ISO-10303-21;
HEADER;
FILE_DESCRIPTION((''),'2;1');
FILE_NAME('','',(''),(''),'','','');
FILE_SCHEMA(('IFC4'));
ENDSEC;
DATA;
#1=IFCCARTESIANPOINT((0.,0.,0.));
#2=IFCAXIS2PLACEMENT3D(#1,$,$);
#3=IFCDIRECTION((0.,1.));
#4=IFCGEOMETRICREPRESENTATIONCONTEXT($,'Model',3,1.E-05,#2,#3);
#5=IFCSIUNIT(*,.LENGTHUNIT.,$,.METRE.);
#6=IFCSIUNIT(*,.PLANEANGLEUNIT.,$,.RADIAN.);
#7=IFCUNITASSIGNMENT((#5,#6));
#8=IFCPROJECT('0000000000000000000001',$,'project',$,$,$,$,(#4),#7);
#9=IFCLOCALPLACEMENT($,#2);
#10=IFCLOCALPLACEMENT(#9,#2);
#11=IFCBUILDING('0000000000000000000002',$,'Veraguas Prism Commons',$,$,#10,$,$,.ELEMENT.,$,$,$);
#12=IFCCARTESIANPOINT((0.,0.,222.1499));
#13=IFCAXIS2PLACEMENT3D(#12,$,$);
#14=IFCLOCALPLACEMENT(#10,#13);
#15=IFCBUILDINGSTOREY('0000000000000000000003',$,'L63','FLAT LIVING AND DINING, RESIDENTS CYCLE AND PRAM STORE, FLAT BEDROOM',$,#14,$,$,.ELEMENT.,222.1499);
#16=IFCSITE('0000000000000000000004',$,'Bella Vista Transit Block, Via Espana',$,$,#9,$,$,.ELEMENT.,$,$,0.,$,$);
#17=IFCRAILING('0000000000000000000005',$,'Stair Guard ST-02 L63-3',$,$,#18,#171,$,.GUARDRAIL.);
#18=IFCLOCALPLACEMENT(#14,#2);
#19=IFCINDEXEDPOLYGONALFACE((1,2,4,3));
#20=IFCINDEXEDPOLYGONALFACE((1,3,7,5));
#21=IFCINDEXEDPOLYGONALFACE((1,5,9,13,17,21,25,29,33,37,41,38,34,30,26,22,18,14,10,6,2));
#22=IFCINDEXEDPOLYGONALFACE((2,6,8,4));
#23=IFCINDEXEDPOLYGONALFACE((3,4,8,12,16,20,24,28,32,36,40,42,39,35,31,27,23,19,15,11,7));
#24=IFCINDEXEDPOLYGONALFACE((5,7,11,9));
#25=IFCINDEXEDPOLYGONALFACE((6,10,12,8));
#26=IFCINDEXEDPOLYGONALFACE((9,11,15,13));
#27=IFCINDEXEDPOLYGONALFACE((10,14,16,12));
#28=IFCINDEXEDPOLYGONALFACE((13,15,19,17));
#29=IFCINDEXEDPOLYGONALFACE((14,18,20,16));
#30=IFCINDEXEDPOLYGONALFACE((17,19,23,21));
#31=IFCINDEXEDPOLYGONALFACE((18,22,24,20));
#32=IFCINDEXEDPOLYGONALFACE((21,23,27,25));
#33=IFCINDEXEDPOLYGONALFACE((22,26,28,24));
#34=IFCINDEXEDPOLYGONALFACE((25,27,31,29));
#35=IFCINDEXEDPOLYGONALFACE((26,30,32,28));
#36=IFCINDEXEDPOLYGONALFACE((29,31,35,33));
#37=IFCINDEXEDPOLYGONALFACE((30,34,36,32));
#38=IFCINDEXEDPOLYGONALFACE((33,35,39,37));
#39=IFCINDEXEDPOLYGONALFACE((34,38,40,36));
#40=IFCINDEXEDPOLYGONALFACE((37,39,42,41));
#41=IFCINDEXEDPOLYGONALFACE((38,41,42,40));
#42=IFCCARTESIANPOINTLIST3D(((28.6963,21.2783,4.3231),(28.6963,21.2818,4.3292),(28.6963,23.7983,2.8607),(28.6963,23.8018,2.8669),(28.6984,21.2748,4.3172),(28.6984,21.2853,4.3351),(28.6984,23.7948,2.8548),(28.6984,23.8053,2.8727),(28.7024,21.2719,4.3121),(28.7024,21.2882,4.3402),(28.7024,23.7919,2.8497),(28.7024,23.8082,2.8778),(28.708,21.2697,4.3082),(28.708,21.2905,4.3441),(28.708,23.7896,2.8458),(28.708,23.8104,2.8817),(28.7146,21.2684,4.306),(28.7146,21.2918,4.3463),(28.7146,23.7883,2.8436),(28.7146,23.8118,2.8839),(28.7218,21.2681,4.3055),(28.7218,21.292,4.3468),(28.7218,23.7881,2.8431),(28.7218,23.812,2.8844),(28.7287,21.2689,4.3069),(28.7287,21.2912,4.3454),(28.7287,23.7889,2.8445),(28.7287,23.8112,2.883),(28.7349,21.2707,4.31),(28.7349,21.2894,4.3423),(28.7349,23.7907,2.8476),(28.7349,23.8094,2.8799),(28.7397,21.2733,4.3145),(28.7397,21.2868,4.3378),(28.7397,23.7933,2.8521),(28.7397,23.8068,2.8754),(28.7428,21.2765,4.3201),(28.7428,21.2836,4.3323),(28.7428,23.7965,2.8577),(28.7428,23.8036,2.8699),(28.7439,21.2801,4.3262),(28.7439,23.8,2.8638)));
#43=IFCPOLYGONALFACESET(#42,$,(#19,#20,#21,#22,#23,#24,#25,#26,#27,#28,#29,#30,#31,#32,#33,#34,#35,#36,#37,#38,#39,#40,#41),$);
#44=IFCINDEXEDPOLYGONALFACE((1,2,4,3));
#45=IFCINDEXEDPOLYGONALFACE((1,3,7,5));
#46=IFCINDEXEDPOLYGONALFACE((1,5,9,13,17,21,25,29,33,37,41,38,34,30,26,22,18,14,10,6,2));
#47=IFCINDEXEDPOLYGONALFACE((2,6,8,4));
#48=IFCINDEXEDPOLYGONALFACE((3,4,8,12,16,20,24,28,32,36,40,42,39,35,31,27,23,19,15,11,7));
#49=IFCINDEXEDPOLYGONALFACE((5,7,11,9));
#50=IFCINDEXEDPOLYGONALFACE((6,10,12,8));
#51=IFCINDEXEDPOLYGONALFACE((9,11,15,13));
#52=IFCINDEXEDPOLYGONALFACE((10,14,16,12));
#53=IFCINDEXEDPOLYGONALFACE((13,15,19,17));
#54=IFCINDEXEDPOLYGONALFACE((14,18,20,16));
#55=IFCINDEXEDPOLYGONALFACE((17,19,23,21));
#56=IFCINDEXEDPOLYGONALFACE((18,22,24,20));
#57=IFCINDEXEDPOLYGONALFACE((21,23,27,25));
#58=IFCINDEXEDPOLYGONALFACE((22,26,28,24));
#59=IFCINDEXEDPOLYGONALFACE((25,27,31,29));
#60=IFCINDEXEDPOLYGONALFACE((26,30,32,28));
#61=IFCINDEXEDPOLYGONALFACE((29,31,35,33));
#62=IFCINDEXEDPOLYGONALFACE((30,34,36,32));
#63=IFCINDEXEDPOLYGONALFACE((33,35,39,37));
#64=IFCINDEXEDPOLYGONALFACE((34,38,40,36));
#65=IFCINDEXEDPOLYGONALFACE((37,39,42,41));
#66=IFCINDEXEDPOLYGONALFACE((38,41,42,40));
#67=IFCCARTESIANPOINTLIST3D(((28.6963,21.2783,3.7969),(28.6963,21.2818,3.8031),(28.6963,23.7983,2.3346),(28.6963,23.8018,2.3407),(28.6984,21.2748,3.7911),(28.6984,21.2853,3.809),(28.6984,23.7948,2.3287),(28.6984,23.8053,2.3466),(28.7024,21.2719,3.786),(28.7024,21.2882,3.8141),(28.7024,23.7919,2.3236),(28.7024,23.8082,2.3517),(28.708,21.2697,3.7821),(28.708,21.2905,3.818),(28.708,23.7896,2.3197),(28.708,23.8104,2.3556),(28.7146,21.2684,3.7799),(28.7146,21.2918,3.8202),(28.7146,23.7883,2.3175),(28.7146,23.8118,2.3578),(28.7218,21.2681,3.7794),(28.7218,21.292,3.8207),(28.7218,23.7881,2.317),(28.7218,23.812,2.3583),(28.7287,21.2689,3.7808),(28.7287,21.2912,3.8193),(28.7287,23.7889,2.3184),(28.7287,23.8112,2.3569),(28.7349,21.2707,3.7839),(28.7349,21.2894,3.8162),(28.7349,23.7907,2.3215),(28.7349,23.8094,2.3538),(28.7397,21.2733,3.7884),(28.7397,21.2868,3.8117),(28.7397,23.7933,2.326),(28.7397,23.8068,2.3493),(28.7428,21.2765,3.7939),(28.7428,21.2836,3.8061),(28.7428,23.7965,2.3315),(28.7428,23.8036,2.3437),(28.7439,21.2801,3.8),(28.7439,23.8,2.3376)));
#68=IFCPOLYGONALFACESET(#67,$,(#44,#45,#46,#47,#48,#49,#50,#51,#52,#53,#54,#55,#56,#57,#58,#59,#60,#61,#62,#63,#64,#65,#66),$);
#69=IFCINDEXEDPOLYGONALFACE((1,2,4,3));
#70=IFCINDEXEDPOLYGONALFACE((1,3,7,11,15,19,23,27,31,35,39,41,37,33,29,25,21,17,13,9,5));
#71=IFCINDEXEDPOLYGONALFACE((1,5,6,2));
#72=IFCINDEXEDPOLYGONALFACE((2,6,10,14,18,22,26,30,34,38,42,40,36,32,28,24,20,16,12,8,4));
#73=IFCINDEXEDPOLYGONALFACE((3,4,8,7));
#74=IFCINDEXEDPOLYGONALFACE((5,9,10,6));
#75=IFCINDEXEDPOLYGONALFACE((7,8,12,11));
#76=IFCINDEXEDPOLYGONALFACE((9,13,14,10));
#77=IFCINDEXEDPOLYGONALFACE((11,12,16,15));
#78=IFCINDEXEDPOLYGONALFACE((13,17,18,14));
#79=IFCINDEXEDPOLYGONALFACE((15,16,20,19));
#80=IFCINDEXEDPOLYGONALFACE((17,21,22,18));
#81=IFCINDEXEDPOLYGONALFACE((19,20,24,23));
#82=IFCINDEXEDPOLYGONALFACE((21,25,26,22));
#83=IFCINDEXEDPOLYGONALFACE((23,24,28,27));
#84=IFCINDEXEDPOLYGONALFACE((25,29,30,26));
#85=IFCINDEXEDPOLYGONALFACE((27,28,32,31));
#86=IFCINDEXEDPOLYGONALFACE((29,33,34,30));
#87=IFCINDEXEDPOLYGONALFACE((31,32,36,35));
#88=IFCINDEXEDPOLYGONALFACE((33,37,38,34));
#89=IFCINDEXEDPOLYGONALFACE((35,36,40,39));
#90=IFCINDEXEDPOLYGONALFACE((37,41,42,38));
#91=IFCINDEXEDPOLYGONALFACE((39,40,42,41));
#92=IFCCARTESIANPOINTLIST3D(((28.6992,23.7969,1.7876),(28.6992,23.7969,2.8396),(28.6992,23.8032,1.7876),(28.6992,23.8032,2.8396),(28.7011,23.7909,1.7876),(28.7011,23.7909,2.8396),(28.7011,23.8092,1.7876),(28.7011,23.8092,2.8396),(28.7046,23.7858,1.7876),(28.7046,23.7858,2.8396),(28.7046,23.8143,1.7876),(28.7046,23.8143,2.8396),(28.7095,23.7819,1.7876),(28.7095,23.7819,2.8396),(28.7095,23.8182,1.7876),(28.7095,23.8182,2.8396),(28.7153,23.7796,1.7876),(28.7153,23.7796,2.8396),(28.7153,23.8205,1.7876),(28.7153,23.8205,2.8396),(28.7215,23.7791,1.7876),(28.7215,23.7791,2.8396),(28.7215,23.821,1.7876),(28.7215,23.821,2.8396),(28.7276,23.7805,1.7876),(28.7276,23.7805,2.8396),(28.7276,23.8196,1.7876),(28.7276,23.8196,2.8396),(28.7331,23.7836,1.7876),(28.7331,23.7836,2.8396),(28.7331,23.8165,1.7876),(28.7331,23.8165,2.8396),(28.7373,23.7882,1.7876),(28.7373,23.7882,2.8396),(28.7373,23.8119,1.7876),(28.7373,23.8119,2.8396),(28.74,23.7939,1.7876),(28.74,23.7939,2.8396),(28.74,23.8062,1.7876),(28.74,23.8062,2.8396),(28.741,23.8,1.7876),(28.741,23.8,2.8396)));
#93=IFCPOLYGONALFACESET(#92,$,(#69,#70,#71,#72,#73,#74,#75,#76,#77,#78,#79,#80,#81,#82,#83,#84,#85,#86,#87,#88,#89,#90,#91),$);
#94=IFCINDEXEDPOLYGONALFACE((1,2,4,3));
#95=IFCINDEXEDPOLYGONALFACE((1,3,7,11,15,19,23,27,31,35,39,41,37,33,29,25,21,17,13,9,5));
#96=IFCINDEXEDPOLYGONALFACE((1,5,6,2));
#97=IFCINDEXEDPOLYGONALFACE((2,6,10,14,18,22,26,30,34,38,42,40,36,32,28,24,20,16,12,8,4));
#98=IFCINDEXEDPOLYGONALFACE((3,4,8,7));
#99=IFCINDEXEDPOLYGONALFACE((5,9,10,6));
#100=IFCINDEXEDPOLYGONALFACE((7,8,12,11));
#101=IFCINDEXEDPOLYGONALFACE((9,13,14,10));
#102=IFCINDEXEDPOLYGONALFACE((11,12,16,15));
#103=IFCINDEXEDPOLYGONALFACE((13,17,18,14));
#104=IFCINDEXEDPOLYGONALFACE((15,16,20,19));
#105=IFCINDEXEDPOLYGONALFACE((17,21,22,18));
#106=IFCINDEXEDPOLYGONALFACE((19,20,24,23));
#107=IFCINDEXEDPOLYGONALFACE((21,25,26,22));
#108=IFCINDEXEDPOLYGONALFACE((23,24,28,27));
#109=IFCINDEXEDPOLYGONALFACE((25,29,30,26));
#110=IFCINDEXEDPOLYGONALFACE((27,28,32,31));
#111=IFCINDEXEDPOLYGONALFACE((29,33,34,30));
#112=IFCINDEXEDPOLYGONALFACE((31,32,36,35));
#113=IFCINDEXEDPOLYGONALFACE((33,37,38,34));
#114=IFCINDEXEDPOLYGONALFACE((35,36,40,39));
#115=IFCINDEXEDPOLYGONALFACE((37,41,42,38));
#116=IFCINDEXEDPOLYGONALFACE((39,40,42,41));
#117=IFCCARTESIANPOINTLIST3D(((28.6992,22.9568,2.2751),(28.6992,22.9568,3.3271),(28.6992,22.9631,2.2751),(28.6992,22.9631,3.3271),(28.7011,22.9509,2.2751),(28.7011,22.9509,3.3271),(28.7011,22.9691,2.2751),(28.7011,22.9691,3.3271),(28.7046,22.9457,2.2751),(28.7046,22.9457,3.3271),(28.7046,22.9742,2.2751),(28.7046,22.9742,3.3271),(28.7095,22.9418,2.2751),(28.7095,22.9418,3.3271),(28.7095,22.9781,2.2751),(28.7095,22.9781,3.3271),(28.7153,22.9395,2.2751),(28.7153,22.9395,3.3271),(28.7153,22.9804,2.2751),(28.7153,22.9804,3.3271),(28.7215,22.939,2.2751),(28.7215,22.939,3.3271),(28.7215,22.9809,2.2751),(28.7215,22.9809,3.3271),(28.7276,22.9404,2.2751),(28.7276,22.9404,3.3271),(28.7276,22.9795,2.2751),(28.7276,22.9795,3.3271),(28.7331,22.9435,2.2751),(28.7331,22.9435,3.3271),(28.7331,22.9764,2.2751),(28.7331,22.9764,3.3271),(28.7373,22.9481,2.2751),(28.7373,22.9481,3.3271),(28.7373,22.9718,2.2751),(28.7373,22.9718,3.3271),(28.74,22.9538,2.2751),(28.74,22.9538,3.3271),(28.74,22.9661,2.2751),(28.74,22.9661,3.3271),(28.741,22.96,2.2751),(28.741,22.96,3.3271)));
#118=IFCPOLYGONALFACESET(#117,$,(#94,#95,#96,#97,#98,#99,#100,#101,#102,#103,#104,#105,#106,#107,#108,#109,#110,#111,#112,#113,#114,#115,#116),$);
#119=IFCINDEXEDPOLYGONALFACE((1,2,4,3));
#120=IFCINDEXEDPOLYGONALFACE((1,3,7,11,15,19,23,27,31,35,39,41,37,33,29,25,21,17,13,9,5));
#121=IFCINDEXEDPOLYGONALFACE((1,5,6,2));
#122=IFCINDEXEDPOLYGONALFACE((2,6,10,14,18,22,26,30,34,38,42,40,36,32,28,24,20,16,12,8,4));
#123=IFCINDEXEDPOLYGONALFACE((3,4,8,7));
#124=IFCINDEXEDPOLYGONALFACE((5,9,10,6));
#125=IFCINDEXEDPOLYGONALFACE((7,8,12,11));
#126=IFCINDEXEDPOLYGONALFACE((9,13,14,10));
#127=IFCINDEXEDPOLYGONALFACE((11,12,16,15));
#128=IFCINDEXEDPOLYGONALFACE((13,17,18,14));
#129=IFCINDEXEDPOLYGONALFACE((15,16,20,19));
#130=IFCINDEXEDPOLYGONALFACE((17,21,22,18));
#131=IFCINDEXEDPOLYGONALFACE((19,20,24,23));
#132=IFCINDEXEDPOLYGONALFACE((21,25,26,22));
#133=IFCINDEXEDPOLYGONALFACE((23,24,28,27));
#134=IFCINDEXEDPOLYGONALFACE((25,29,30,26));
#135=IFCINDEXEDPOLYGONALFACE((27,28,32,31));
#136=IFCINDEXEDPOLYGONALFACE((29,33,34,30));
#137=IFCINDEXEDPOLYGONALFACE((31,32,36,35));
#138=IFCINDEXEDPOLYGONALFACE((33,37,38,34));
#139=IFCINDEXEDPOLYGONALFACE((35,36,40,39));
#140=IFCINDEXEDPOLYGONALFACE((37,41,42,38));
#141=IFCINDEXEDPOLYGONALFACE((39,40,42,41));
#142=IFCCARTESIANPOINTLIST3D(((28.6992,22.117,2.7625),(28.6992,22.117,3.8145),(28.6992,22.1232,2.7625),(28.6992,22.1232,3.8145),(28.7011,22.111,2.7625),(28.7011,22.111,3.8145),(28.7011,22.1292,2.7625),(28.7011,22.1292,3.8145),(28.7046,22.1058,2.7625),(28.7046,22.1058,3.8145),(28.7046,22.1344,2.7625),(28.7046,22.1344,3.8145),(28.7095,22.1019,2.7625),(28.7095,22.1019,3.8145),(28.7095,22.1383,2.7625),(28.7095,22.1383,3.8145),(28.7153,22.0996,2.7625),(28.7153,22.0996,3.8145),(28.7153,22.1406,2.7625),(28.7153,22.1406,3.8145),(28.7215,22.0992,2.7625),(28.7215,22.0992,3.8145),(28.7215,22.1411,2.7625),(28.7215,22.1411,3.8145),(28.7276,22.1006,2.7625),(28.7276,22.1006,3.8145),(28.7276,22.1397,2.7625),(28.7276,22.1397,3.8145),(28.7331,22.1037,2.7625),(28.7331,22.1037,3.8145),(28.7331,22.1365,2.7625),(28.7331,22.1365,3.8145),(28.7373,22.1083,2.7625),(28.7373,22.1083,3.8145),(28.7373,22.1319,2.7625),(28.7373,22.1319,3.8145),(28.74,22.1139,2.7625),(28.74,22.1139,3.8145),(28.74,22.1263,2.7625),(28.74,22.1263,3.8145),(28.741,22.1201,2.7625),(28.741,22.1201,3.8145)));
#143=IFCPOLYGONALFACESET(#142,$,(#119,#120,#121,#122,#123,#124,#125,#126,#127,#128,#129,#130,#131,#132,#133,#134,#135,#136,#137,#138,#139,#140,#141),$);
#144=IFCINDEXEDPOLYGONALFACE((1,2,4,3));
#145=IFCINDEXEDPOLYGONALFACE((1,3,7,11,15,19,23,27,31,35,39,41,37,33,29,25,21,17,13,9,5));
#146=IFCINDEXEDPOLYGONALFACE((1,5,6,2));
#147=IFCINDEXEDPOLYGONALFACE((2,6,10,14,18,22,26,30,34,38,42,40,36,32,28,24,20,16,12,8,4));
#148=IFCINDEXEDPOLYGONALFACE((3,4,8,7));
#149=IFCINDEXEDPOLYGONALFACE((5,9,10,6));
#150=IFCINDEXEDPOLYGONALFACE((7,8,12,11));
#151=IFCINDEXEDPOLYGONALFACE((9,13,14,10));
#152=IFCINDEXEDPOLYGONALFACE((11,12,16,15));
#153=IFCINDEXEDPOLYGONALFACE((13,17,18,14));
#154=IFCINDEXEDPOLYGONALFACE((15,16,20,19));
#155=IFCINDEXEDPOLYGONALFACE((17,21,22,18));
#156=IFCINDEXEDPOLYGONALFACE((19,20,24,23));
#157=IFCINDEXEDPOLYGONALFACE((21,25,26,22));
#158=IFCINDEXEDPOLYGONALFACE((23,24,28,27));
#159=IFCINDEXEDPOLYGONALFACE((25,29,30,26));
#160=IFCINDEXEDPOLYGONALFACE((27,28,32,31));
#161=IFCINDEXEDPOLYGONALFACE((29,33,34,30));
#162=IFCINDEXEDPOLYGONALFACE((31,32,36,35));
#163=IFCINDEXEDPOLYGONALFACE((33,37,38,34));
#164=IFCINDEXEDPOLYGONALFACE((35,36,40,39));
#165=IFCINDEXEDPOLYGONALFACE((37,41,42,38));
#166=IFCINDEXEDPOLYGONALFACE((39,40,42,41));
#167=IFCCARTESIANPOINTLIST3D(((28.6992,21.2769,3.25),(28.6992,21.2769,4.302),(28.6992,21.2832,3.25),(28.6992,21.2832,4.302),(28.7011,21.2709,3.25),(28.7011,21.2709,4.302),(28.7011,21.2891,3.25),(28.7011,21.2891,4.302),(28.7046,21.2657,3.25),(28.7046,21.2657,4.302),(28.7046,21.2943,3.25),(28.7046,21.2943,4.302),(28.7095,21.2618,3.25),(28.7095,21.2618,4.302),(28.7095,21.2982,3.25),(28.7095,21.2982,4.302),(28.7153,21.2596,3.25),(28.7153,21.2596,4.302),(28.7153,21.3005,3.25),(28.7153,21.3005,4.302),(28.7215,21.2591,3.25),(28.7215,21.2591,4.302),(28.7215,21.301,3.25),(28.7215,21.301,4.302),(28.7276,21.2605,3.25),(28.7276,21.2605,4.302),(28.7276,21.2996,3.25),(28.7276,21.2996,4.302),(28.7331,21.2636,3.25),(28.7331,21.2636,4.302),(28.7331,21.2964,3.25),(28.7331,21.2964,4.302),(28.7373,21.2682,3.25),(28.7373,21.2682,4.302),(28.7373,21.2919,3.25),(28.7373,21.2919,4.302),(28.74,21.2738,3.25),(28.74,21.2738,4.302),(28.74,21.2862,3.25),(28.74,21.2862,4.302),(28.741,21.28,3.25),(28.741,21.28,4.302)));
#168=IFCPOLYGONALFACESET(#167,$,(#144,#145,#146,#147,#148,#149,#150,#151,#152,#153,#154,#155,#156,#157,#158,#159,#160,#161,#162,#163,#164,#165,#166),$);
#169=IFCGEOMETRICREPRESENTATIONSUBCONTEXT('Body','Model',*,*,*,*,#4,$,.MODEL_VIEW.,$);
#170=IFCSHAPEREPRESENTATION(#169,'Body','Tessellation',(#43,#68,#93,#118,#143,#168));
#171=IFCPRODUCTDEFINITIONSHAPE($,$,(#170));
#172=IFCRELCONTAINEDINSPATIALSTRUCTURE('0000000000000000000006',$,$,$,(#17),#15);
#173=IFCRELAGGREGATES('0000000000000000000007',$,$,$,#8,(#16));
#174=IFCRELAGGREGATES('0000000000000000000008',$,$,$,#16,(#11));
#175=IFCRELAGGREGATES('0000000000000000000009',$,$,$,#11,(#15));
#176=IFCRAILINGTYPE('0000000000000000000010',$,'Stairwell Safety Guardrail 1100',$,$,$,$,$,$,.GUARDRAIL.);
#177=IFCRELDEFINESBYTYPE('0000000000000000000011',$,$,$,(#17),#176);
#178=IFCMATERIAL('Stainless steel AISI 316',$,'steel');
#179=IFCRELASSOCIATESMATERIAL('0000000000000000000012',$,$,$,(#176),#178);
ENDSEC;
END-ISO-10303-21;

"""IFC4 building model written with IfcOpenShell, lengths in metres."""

from ifc_helpers import new_model, si_unit, direction, frame, origin, origin_2d, place, context, subcontext, project, spatial, circle, extrude, material, type_object, element, save


model = new_model("IFC4")

# Units and contexts
model_context = context("Model", 3, precision=1e-05, world=origin(), true_north=direction((0.0, 1.0)))
body_context = subcontext(model_context, "Body", "Model", "MODEL_VIEW")
ifc_project = project(units=[si_unit("LENGTHUNIT", "METRE"), si_unit("PLANEANGLEUNIT", "RADIAN")], contexts=[model_context])

# Site, building, storey
site_placement = place(None, origin())
site = spatial("IfcSite", under=ifc_project, at=site_placement, Name="Bella Vista Transit Block, Via Espana", CompositionType="ELEMENT", RefElevation=0.0)
building_placement = place(site_placement, origin())
building = spatial("IfcBuilding", under=site, at=building_placement, Name="Veraguas Prism Commons", CompositionType="ELEMENT")
storey_placement = place(building_placement, frame((0.0, 0.0, 222.1499)))
storey = spatial("IfcBuildingStorey", under=building, at=storey_placement, Name="L63", Description="FLAT LIVING AND DINING, RESIDENTS CYCLE AND PRAM STORE, FLAT BEDROOM", CompositionType="ELEMENT", Elevation=222.1499)

# Railing
ifc_material_1 = material(Name="Stainless steel AISI 316", Category="steel")
railing_type_1 = type_object("IfcRailingType", Name="Stairwell Safety Guardrail 1100", PredefinedType="GUARDRAIL", material=ifc_material_1)
railing_1_placement = place(storey_placement, frame((28.72, 23.8, 1.7876)))
element("IfcRailing", 1, at=railing_1_placement, inside=storey, type_object=railing_type_1, Name="Stair Guard ST-02 L63-3", PredefinedType="GUARDRAIL", context=body_context, shape_type="SweptSolid", body=[
    extrude(circle(Radius=0.0239, at=origin_2d()), frame((0.0, 0.0, 1.0762), z_axis=(0.0, -0.864913, 0.501921), x_axis=(1.0, 0.0, 0.0)), (0.0, 0.0, 1.0), 2.9136),
    extrude(circle(Radius=0.0239, at=origin_2d()), frame((0.0, 0.0, 0.55), z_axis=(0.0, -0.864913, 0.501921), x_axis=(1.0, 0.0, 0.0)), (0.0, 0.0, 1.0), 2.9136),
    extrude(circle(Radius=0.021, at=origin_2d()), origin(), (0.0, 0.0, 1.0), 1.052),
    extrude(circle(Radius=0.021, at=origin_2d()), frame((0.0, -0.8401, 0.4875)), (0.0, 0.0, 1.0), 1.052),
    extrude(circle(Radius=0.021, at=origin_2d()), frame((0.0, -1.6799, 0.9749)), (0.0, 0.0, 1.0), 1.052),
    extrude(circle(Radius=0.021, at=origin_2d()), frame((0.0, -2.52, 1.4624)), (0.0, 0.0, 1.0), 1.052),
])

save(model, "model.ifc")
